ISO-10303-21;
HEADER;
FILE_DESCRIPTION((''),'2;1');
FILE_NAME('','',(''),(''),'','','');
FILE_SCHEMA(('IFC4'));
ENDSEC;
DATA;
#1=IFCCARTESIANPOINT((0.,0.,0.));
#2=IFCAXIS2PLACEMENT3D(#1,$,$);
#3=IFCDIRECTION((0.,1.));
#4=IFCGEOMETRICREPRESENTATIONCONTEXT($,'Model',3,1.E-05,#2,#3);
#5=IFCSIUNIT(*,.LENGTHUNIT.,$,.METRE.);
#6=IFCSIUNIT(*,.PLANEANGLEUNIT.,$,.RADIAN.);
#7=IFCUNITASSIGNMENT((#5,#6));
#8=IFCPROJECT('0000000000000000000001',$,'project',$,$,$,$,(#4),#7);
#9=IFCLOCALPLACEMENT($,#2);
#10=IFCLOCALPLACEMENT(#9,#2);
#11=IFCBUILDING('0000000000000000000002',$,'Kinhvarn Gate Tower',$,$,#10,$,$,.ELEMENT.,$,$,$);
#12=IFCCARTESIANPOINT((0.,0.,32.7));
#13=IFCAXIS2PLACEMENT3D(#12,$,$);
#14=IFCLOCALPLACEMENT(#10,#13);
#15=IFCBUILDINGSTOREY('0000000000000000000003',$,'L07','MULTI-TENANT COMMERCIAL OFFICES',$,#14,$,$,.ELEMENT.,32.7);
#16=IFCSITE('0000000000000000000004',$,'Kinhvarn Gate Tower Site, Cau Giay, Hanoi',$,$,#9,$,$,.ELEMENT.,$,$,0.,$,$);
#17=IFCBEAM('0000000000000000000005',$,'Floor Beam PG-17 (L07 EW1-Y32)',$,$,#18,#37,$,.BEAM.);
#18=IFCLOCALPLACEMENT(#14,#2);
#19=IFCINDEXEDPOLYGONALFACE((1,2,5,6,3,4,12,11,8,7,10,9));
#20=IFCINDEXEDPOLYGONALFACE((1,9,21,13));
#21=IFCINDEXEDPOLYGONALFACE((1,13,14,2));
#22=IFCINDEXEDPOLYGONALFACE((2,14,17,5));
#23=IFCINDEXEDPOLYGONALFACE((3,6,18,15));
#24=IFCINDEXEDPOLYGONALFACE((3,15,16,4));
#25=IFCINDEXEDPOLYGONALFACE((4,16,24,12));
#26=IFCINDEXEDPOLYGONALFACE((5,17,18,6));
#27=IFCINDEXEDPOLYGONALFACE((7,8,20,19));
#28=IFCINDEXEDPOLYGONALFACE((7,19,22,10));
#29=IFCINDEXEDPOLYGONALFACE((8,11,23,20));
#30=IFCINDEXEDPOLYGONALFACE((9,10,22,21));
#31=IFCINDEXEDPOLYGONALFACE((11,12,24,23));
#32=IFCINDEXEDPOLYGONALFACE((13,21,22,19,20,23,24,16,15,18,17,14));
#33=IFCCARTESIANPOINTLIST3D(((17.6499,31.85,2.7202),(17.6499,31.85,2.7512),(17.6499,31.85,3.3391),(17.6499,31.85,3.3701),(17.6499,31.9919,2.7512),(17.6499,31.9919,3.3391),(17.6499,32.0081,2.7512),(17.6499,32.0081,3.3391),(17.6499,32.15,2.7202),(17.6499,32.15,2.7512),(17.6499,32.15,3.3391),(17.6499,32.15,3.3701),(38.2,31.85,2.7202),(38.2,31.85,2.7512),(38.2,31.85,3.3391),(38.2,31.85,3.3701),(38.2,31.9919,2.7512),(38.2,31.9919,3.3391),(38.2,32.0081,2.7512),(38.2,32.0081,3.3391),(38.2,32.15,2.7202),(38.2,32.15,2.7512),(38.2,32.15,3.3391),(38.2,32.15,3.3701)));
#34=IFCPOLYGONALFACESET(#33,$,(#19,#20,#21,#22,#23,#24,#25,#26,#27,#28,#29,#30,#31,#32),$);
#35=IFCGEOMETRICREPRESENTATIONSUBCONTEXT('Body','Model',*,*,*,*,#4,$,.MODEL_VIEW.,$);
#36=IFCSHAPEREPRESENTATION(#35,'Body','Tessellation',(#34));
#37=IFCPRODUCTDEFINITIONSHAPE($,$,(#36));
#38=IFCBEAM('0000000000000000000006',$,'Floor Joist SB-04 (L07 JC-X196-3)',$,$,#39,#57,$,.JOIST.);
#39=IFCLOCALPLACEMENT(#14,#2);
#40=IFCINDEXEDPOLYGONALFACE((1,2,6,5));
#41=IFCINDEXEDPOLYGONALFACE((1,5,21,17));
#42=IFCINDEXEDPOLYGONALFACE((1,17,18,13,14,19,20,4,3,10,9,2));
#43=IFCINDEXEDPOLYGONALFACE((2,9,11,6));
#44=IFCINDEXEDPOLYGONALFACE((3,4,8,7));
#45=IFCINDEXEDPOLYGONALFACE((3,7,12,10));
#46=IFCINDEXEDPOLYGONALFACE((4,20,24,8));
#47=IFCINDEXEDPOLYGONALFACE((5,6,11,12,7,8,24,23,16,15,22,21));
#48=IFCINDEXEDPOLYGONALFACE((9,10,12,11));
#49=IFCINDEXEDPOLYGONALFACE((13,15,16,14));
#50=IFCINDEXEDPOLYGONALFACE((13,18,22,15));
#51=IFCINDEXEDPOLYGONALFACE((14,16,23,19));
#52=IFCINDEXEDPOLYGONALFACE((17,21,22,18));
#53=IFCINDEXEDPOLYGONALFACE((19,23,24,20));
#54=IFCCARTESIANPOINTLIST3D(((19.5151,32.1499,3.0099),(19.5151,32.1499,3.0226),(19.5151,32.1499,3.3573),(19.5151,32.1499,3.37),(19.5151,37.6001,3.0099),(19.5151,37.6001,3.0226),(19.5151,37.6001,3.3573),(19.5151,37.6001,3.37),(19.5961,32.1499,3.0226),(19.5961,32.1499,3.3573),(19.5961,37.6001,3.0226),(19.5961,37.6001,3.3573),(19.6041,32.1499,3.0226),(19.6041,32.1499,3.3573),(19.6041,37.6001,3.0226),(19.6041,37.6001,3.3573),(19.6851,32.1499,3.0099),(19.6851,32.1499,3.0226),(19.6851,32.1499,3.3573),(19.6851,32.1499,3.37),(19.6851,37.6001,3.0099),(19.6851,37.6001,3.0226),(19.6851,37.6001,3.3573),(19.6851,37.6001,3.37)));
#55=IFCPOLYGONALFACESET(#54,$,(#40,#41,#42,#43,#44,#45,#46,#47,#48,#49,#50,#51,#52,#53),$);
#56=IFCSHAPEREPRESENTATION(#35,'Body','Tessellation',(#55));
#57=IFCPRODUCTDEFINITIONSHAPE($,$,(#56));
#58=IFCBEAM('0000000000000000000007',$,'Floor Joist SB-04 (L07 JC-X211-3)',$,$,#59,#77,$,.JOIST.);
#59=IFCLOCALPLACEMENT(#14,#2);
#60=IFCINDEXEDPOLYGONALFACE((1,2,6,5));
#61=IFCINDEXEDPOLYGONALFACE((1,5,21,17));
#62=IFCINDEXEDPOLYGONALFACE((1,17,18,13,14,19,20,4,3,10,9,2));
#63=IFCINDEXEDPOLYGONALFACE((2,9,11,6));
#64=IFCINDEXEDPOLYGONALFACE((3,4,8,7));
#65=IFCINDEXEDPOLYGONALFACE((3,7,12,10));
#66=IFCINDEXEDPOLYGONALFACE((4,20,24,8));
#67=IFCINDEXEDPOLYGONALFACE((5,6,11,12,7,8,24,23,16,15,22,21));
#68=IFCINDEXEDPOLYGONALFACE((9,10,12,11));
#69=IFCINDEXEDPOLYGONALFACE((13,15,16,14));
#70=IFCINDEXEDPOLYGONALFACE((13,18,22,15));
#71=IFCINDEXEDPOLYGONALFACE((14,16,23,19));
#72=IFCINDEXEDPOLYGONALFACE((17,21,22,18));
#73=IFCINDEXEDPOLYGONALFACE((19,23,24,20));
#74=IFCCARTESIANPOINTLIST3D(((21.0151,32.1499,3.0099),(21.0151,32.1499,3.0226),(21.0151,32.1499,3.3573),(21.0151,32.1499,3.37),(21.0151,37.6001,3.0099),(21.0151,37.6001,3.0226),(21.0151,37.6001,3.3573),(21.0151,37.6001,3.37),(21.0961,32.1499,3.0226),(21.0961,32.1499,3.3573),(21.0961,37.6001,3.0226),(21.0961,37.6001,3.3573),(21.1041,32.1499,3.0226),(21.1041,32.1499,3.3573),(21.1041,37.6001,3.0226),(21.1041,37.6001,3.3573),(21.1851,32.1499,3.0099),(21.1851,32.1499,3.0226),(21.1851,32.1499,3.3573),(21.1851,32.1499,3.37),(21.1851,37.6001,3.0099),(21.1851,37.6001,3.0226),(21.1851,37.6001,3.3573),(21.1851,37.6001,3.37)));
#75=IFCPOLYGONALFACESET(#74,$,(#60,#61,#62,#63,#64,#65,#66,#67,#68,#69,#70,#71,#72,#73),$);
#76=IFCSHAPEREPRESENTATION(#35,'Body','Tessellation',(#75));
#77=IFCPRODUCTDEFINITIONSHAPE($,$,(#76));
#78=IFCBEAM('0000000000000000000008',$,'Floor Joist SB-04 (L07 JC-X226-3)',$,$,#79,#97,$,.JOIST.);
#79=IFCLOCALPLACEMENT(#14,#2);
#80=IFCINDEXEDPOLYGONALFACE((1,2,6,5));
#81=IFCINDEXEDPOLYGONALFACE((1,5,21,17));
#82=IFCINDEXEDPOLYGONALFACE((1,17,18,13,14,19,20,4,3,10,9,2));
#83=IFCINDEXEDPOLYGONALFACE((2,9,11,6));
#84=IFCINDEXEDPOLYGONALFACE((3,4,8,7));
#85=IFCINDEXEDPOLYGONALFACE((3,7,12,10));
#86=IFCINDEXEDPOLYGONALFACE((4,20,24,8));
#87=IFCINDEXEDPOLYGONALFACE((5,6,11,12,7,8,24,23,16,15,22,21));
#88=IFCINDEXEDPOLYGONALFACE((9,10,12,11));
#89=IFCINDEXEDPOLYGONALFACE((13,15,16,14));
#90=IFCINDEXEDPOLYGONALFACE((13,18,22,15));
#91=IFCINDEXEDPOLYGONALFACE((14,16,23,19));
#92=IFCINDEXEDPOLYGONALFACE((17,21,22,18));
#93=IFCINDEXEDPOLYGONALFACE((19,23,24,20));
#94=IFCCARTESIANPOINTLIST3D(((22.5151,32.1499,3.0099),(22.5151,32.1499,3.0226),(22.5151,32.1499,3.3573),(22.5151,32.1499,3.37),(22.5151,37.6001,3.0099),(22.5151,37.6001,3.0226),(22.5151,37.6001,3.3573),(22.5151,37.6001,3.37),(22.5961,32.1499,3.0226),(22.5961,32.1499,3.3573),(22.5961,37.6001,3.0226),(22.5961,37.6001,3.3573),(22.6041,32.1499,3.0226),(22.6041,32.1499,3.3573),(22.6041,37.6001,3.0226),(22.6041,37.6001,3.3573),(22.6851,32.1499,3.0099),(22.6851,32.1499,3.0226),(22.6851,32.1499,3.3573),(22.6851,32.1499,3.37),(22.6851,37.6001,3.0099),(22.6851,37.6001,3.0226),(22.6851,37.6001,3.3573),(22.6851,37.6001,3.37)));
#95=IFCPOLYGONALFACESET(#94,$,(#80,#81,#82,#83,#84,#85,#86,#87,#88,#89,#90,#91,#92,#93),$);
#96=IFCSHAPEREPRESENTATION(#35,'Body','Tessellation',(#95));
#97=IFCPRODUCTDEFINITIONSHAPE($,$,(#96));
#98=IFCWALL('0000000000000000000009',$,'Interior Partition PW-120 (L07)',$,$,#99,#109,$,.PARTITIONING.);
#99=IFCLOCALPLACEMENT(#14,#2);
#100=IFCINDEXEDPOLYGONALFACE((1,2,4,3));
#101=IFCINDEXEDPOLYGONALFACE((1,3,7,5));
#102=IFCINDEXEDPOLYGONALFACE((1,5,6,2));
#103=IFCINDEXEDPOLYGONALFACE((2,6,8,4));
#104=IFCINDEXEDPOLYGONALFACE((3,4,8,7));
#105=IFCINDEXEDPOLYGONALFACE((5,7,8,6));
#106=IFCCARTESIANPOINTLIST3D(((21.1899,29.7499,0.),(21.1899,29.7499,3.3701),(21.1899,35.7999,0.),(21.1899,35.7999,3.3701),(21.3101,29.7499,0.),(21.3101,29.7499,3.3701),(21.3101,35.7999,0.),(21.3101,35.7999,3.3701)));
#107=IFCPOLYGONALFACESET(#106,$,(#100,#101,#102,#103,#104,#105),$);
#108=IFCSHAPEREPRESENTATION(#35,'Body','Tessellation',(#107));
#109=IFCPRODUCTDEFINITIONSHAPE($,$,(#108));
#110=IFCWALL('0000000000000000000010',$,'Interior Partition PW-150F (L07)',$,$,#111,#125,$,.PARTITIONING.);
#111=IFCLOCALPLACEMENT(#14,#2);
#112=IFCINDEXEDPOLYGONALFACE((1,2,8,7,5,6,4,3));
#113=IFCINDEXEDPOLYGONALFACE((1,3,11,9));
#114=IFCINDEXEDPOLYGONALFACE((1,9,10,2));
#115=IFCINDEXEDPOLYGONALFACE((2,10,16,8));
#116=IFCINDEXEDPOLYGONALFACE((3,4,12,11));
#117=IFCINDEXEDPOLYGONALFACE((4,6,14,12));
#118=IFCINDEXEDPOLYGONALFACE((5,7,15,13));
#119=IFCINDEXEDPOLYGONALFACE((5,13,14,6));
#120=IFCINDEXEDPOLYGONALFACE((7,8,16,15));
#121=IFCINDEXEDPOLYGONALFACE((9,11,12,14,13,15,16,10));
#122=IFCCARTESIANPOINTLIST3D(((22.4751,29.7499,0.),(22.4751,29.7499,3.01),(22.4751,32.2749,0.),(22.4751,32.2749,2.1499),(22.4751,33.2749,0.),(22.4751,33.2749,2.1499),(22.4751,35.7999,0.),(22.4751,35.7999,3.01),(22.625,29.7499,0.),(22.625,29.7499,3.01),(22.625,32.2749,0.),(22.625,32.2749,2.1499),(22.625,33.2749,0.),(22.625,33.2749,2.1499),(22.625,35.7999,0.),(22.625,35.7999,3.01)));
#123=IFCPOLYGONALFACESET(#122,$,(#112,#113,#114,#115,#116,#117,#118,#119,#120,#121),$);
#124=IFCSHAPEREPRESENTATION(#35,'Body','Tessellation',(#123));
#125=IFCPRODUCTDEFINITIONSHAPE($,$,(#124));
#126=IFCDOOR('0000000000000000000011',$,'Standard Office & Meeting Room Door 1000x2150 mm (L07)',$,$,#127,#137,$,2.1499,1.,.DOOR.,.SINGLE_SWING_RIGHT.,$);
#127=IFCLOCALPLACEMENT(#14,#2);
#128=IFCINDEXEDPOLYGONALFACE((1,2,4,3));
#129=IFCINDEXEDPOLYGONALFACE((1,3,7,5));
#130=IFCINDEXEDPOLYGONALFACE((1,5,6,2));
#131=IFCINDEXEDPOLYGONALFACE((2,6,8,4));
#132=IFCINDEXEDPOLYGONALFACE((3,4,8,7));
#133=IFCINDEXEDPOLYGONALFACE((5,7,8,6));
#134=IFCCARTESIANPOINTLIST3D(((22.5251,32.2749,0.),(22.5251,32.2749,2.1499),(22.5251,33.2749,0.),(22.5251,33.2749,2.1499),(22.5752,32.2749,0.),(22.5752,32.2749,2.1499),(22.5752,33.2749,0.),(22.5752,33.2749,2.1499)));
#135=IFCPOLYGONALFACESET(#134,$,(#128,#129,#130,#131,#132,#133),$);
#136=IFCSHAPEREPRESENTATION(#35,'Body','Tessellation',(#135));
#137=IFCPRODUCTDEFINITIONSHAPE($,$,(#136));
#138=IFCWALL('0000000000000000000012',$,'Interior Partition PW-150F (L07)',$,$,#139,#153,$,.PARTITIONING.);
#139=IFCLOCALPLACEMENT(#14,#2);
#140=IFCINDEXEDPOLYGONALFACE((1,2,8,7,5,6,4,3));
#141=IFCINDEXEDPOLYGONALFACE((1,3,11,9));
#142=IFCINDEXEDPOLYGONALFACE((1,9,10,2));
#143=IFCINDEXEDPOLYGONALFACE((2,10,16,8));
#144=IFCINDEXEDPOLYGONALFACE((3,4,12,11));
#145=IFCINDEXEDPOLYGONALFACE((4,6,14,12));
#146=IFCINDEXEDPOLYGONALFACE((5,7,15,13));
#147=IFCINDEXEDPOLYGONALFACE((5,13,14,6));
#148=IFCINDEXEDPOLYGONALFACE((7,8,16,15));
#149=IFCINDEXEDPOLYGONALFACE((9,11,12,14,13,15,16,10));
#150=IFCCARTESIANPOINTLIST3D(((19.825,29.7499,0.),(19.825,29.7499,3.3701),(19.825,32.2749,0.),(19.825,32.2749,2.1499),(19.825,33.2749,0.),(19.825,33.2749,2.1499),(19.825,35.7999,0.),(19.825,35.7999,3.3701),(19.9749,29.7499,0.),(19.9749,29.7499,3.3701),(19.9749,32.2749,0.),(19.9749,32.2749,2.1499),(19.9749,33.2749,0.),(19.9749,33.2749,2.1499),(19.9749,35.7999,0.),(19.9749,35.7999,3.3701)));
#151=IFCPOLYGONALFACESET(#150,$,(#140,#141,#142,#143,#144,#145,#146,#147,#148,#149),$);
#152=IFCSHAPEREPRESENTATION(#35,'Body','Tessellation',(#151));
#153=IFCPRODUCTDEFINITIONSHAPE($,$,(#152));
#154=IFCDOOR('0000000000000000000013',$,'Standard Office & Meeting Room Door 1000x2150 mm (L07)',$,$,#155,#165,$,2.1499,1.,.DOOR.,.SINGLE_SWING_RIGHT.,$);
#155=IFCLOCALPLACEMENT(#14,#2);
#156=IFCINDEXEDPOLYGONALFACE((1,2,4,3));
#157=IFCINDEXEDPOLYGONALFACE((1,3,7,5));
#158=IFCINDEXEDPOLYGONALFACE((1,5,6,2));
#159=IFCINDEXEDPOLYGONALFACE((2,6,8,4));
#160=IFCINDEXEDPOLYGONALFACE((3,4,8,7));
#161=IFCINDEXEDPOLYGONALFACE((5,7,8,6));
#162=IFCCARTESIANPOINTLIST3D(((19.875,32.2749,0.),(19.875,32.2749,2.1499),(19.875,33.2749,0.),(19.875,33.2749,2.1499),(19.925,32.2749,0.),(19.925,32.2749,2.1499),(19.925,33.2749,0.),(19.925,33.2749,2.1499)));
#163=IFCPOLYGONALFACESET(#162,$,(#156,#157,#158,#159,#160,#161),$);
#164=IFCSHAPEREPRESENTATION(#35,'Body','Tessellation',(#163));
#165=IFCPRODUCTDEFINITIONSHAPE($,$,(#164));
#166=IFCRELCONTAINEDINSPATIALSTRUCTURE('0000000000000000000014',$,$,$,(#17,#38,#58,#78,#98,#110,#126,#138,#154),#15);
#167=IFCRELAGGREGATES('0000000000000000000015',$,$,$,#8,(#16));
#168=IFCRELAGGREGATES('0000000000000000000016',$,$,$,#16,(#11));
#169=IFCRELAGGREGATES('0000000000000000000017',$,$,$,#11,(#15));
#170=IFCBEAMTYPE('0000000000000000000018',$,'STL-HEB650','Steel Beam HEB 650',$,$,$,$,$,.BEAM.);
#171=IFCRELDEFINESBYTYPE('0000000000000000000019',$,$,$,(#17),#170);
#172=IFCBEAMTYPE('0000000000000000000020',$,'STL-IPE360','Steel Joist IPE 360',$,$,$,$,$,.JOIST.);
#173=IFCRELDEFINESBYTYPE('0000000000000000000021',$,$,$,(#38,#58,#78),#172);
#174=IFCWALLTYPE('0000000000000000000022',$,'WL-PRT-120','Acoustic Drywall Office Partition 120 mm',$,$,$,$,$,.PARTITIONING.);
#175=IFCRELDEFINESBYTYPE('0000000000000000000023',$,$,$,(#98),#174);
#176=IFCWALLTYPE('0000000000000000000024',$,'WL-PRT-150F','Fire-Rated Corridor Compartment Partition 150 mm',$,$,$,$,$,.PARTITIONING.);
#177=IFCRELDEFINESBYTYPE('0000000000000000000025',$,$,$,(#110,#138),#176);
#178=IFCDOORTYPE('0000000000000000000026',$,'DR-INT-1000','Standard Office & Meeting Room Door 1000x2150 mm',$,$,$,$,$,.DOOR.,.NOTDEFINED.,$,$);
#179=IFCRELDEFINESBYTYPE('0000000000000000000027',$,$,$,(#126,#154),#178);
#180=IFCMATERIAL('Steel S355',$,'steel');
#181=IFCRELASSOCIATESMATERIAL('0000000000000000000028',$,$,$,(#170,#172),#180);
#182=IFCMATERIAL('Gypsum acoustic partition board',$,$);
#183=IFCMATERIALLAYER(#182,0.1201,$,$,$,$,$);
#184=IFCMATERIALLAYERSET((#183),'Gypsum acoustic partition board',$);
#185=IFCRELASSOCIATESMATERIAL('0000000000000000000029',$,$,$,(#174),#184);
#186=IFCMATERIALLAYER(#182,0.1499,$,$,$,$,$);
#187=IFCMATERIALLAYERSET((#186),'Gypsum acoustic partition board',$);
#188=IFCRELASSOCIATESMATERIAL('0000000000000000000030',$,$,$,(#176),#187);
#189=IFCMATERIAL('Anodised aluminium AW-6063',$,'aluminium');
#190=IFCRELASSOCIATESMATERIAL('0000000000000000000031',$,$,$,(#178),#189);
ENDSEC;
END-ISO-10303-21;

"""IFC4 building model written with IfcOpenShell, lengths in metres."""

from ifc_helpers import new_model, si_unit, direction, frame, frame_2d, origin, origin_2d, place, context, subcontext, project, spatial, rectangle, i_section, extrude, material, layer, layer_set, material_profile, profile_set, type_object, element, fill, save


model = new_model("IFC4")

# Units and contexts
model_context = context("Model", 3, precision=1e-05, world=origin(), true_north=direction((0.0, 1.0)))
body_context = subcontext(model_context, "Body", "Model", "MODEL_VIEW")
ifc_project = project(units=[si_unit("LENGTHUNIT", "METRE"), si_unit("PLANEANGLEUNIT", "RADIAN")], contexts=[model_context])

# Site, building, storey
site_placement = place(None, origin())
site = spatial("IfcSite", under=ifc_project, at=site_placement, Name="Kinhvarn Gate Tower Site, Cau Giay, Hanoi", CompositionType="ELEMENT", RefElevation=0.0)
building_placement = place(site_placement, origin())
building = spatial("IfcBuilding", under=site, at=building_placement, Name="Kinhvarn Gate Tower", CompositionType="ELEMENT")
storey_placement = place(building_placement, frame((0.0, 0.0, 32.7)))
storey = spatial("IfcBuildingStorey", under=building, at=storey_placement, Name="L07", Description="MULTI-TENANT COMMERCIAL OFFICES", CompositionType="ELEMENT", Elevation=32.7)

# Beams
ifc_material_1 = material(Name="Steel S355", Category="steel")
ifc_material_profile_1 = material_profile(ifc_material_1, i_section(OverallWidth=0.3, OverallDepth=0.6499, WebThickness=0.0161, FlangeThickness=0.031, at=origin_2d()), Name="HEB 650")
ifc_profile_set_1 = profile_set([ifc_material_profile_1], Name="Steel S355")
beam_type_1 = type_object("IfcBeamType", Name="STL-HEB650", Description="Steel Beam HEB 650", PredefinedType="BEAM", material=ifc_profile_set_1)
beam_placement = place(storey_placement, frame((17.6499, 32.0, 3.0452), z_axis=(1.0, 0.0, 0.0), x_axis=(0.0, 1.0, 0.0)))
element("IfcBeam", 1, at=beam_placement, inside=storey, type_object=beam_type_1, Name="Floor Beam PG-17 (L07 EW1-Y32)", PredefinedType="BEAM", context=body_context, shape_type="SweptSolid", body=[
    extrude(i_section(OverallWidth=0.3, OverallDepth=0.6499, WebThickness=0.0161, FlangeThickness=0.031, at=origin_2d()), origin(), (0.0, 0.0, 1.0), 20.55),
])
ifc_material_profile_2 = material_profile(ifc_material_1, i_section(OverallWidth=0.1699, OverallDepth=0.3601, WebThickness=0.0081, FlangeThickness=0.0127, at=origin_2d()), Name="IPE 360")
ifc_profile_set_2 = profile_set([ifc_material_profile_2], Name="Steel S355")
beam_type_2 = type_object("IfcBeamType", Name="STL-IPE360", Description="Steel Joist IPE 360", PredefinedType="JOIST", material=ifc_profile_set_2)
for number, where, z_axis, x_axis, name in (
    (2, (19.6001, 32.1499, 3.1899), (0.0, 1.0, 0.0), (-1.0, 0.0, 0.0), "Floor Joist SB-04 (L07 JC-X196-3)"),
    (3, (21.1001, 32.1499, 3.1899), (0.0, 1.0, 0.0), (-1.0, 0.0, 0.0), "Floor Joist SB-04 (L07 JC-X211-3)"),
    (4, (22.6001, 32.1499, 3.1899), (0.0, 1.0, 0.0), (-1.0, 0.0, 0.0), "Floor Joist SB-04 (L07 JC-X226-3)"),
):
    element("IfcBeam", number, at=place(storey_placement, frame(where, z_axis=z_axis, x_axis=x_axis)), inside=storey, type_object=beam_type_2, Name=name, PredefinedType="JOIST", context=body_context, shape_type="SweptSolid", body=[
        extrude(i_section(OverallWidth=0.1699, OverallDepth=0.3601, WebThickness=0.0081, FlangeThickness=0.0127, at=origin_2d()), origin(), (0.0, 0.0, 1.0), 5.4502),
    ])

# Shared definitions
ifc_material_2 = material(Name="Anodised aluminium AW-6063", Category="aluminium")

# Wall
ifc_material_3 = material(Name="Gypsum acoustic partition board")
ifc_layer_1 = layer(ifc_material_3, 0.1201)
ifc_layer_set_1 = layer_set([ifc_layer_1], Name="Gypsum acoustic partition board")
wall_type_1 = type_object("IfcWallType", Name="WL-PRT-120", Description="Acoustic Drywall Office Partition 120 mm", PredefinedType="PARTITIONING", material=ifc_layer_set_1)
wall_1_placement = place(storey_placement, frame((21.25, 29.75, 0.0), z_axis=(0.0, 0.0, 1.0), x_axis=(0.0, 1.0, 0.0)))
element("IfcWall", 5, at=wall_1_placement, inside=storey, type_object=wall_type_1, Name="Interior Partition PW-120 (L07)", PredefinedType="PARTITIONING", context=body_context, shape_type="SweptSolid", body=[
    extrude(rectangle(XDim=6.05, YDim=0.1201, at=frame_2d((3.0249, 0.0))), origin(), (0.0, 0.0, 1.0), 3.3701),
])

# Walls, openings, doors
ifc_layer_2 = layer(ifc_material_3, 0.1499)
ifc_layer_set_2 = layer_set([ifc_layer_2], Name="Gypsum acoustic partition board")
wall_type_2 = type_object("IfcWallType", Name="WL-PRT-150F", Description="Fire-Rated Corridor Compartment Partition 150 mm", PredefinedType="PARTITIONING", material=ifc_layer_set_2)
wall_2_placement = place(storey_placement, frame((22.55, 29.75, 0.0), z_axis=(0.0, 0.0, 1.0), x_axis=(0.0, 1.0, 0.0)))
wall_2 = element("IfcWall", 6, at=wall_2_placement, inside=storey, type_object=wall_type_2, Name="Interior Partition PW-150F (L07)", PredefinedType="PARTITIONING", context=body_context, shape_type="SweptSolid", body=[
    extrude(rectangle(XDim=6.05, YDim=0.1499, at=frame_2d((3.0249, 0.0))), origin(), (0.0, 0.0, 1.0), 3.01),
])
opening_1_placement = place(wall_2_placement, frame((2.5249, 0.0, 0.0)))
opening_1 = element("IfcOpeningElement", 7, at=opening_1_placement, cuts=wall_2, PredefinedType="OPENING", context=body_context, shape_type="SweptSolid", body=[
    extrude(rectangle(XDim=1.0, YDim=2.1499, at=frame_2d((0.5, 1.075))), frame((0.0, 0.085, 0.0), z_axis=(0.0, -1.0, 0.0), x_axis=(1.0, 0.0, 0.0)), (0.0, 0.0, 1.0), 0.1699),
])
door_type_1 = type_object("IfcDoorType", Name="DR-INT-1000", Description="Standard Office & Meeting Room Door 1000x2150 mm", OperationType="NOTDEFINED", PredefinedType="DOOR", material=ifc_material_2)
door_1_placement = place(opening_1_placement, origin())
door_1 = element("IfcDoor", 8, at=door_1_placement, inside=storey, type_object=door_type_1, Name="Standard Office & Meeting Room Door 1000x2150 mm (L07)", OperationType="SINGLE_SWING_RIGHT", OverallHeight=2.1499, OverallWidth=1.0, PredefinedType="DOOR", context=body_context, shape_type="SweptSolid", body=[
    extrude(rectangle(XDim=1.0, YDim=2.1499, at=frame_2d((0.5, 1.075))), frame((0.0, 0.0249, 0.0), z_axis=(0.0, -1.0, 0.0), x_axis=(1.0, 0.0, 0.0)), (0.0, 0.0, 1.0), 0.05),
])
fill(opening_1, door_1)
wall_3_placement = place(storey_placement, frame((19.8999, 29.75, 0.0), z_axis=(0.0, 0.0, 1.0), x_axis=(0.0, 1.0, 0.0)))
wall_3 = element("IfcWall", 9, at=wall_3_placement, inside=storey, type_object=wall_type_2, Name="Interior Partition PW-150F (L07)", PredefinedType="PARTITIONING", context=body_context, shape_type="SweptSolid", body=[
    extrude(rectangle(XDim=6.05, YDim=0.1499, at=frame_2d((3.0249, 0.0))), origin(), (0.0, 0.0, 1.0), 3.3701),
])
opening_2_placement = place(wall_3_placement, frame((2.5249, 0.0, 0.0)))
opening_2 = element("IfcOpeningElement", 10, at=opening_2_placement, cuts=wall_3, PredefinedType="OPENING", context=body_context, shape_type="SweptSolid", body=[
    extrude(rectangle(XDim=1.0, YDim=2.1499, at=frame_2d((0.5, 1.075))), frame((0.0, 0.085, 0.0), z_axis=(0.0, -1.0, 0.0), x_axis=(1.0, 0.0, 0.0)), (0.0, 0.0, 1.0), 0.1699),
])
door_2_placement = place(opening_2_placement, origin())
door_2 = element("IfcDoor", 11, at=door_2_placement, inside=storey, type_object=door_type_1, Name="Standard Office & Meeting Room Door 1000x2150 mm (L07)", OperationType="SINGLE_SWING_RIGHT", OverallHeight=2.1499, OverallWidth=1.0, PredefinedType="DOOR", context=body_context, shape_type="SweptSolid", body=[
    extrude(rectangle(XDim=1.0, YDim=2.1499, at=frame_2d((0.5, 1.075))), frame((0.0, 0.0249, 0.0), z_axis=(0.0, -1.0, 0.0), x_axis=(1.0, 0.0, 0.0)), (0.0, 0.0, 1.0), 0.05),
])
fill(opening_2, door_2)

save(model, "model.ifc")
